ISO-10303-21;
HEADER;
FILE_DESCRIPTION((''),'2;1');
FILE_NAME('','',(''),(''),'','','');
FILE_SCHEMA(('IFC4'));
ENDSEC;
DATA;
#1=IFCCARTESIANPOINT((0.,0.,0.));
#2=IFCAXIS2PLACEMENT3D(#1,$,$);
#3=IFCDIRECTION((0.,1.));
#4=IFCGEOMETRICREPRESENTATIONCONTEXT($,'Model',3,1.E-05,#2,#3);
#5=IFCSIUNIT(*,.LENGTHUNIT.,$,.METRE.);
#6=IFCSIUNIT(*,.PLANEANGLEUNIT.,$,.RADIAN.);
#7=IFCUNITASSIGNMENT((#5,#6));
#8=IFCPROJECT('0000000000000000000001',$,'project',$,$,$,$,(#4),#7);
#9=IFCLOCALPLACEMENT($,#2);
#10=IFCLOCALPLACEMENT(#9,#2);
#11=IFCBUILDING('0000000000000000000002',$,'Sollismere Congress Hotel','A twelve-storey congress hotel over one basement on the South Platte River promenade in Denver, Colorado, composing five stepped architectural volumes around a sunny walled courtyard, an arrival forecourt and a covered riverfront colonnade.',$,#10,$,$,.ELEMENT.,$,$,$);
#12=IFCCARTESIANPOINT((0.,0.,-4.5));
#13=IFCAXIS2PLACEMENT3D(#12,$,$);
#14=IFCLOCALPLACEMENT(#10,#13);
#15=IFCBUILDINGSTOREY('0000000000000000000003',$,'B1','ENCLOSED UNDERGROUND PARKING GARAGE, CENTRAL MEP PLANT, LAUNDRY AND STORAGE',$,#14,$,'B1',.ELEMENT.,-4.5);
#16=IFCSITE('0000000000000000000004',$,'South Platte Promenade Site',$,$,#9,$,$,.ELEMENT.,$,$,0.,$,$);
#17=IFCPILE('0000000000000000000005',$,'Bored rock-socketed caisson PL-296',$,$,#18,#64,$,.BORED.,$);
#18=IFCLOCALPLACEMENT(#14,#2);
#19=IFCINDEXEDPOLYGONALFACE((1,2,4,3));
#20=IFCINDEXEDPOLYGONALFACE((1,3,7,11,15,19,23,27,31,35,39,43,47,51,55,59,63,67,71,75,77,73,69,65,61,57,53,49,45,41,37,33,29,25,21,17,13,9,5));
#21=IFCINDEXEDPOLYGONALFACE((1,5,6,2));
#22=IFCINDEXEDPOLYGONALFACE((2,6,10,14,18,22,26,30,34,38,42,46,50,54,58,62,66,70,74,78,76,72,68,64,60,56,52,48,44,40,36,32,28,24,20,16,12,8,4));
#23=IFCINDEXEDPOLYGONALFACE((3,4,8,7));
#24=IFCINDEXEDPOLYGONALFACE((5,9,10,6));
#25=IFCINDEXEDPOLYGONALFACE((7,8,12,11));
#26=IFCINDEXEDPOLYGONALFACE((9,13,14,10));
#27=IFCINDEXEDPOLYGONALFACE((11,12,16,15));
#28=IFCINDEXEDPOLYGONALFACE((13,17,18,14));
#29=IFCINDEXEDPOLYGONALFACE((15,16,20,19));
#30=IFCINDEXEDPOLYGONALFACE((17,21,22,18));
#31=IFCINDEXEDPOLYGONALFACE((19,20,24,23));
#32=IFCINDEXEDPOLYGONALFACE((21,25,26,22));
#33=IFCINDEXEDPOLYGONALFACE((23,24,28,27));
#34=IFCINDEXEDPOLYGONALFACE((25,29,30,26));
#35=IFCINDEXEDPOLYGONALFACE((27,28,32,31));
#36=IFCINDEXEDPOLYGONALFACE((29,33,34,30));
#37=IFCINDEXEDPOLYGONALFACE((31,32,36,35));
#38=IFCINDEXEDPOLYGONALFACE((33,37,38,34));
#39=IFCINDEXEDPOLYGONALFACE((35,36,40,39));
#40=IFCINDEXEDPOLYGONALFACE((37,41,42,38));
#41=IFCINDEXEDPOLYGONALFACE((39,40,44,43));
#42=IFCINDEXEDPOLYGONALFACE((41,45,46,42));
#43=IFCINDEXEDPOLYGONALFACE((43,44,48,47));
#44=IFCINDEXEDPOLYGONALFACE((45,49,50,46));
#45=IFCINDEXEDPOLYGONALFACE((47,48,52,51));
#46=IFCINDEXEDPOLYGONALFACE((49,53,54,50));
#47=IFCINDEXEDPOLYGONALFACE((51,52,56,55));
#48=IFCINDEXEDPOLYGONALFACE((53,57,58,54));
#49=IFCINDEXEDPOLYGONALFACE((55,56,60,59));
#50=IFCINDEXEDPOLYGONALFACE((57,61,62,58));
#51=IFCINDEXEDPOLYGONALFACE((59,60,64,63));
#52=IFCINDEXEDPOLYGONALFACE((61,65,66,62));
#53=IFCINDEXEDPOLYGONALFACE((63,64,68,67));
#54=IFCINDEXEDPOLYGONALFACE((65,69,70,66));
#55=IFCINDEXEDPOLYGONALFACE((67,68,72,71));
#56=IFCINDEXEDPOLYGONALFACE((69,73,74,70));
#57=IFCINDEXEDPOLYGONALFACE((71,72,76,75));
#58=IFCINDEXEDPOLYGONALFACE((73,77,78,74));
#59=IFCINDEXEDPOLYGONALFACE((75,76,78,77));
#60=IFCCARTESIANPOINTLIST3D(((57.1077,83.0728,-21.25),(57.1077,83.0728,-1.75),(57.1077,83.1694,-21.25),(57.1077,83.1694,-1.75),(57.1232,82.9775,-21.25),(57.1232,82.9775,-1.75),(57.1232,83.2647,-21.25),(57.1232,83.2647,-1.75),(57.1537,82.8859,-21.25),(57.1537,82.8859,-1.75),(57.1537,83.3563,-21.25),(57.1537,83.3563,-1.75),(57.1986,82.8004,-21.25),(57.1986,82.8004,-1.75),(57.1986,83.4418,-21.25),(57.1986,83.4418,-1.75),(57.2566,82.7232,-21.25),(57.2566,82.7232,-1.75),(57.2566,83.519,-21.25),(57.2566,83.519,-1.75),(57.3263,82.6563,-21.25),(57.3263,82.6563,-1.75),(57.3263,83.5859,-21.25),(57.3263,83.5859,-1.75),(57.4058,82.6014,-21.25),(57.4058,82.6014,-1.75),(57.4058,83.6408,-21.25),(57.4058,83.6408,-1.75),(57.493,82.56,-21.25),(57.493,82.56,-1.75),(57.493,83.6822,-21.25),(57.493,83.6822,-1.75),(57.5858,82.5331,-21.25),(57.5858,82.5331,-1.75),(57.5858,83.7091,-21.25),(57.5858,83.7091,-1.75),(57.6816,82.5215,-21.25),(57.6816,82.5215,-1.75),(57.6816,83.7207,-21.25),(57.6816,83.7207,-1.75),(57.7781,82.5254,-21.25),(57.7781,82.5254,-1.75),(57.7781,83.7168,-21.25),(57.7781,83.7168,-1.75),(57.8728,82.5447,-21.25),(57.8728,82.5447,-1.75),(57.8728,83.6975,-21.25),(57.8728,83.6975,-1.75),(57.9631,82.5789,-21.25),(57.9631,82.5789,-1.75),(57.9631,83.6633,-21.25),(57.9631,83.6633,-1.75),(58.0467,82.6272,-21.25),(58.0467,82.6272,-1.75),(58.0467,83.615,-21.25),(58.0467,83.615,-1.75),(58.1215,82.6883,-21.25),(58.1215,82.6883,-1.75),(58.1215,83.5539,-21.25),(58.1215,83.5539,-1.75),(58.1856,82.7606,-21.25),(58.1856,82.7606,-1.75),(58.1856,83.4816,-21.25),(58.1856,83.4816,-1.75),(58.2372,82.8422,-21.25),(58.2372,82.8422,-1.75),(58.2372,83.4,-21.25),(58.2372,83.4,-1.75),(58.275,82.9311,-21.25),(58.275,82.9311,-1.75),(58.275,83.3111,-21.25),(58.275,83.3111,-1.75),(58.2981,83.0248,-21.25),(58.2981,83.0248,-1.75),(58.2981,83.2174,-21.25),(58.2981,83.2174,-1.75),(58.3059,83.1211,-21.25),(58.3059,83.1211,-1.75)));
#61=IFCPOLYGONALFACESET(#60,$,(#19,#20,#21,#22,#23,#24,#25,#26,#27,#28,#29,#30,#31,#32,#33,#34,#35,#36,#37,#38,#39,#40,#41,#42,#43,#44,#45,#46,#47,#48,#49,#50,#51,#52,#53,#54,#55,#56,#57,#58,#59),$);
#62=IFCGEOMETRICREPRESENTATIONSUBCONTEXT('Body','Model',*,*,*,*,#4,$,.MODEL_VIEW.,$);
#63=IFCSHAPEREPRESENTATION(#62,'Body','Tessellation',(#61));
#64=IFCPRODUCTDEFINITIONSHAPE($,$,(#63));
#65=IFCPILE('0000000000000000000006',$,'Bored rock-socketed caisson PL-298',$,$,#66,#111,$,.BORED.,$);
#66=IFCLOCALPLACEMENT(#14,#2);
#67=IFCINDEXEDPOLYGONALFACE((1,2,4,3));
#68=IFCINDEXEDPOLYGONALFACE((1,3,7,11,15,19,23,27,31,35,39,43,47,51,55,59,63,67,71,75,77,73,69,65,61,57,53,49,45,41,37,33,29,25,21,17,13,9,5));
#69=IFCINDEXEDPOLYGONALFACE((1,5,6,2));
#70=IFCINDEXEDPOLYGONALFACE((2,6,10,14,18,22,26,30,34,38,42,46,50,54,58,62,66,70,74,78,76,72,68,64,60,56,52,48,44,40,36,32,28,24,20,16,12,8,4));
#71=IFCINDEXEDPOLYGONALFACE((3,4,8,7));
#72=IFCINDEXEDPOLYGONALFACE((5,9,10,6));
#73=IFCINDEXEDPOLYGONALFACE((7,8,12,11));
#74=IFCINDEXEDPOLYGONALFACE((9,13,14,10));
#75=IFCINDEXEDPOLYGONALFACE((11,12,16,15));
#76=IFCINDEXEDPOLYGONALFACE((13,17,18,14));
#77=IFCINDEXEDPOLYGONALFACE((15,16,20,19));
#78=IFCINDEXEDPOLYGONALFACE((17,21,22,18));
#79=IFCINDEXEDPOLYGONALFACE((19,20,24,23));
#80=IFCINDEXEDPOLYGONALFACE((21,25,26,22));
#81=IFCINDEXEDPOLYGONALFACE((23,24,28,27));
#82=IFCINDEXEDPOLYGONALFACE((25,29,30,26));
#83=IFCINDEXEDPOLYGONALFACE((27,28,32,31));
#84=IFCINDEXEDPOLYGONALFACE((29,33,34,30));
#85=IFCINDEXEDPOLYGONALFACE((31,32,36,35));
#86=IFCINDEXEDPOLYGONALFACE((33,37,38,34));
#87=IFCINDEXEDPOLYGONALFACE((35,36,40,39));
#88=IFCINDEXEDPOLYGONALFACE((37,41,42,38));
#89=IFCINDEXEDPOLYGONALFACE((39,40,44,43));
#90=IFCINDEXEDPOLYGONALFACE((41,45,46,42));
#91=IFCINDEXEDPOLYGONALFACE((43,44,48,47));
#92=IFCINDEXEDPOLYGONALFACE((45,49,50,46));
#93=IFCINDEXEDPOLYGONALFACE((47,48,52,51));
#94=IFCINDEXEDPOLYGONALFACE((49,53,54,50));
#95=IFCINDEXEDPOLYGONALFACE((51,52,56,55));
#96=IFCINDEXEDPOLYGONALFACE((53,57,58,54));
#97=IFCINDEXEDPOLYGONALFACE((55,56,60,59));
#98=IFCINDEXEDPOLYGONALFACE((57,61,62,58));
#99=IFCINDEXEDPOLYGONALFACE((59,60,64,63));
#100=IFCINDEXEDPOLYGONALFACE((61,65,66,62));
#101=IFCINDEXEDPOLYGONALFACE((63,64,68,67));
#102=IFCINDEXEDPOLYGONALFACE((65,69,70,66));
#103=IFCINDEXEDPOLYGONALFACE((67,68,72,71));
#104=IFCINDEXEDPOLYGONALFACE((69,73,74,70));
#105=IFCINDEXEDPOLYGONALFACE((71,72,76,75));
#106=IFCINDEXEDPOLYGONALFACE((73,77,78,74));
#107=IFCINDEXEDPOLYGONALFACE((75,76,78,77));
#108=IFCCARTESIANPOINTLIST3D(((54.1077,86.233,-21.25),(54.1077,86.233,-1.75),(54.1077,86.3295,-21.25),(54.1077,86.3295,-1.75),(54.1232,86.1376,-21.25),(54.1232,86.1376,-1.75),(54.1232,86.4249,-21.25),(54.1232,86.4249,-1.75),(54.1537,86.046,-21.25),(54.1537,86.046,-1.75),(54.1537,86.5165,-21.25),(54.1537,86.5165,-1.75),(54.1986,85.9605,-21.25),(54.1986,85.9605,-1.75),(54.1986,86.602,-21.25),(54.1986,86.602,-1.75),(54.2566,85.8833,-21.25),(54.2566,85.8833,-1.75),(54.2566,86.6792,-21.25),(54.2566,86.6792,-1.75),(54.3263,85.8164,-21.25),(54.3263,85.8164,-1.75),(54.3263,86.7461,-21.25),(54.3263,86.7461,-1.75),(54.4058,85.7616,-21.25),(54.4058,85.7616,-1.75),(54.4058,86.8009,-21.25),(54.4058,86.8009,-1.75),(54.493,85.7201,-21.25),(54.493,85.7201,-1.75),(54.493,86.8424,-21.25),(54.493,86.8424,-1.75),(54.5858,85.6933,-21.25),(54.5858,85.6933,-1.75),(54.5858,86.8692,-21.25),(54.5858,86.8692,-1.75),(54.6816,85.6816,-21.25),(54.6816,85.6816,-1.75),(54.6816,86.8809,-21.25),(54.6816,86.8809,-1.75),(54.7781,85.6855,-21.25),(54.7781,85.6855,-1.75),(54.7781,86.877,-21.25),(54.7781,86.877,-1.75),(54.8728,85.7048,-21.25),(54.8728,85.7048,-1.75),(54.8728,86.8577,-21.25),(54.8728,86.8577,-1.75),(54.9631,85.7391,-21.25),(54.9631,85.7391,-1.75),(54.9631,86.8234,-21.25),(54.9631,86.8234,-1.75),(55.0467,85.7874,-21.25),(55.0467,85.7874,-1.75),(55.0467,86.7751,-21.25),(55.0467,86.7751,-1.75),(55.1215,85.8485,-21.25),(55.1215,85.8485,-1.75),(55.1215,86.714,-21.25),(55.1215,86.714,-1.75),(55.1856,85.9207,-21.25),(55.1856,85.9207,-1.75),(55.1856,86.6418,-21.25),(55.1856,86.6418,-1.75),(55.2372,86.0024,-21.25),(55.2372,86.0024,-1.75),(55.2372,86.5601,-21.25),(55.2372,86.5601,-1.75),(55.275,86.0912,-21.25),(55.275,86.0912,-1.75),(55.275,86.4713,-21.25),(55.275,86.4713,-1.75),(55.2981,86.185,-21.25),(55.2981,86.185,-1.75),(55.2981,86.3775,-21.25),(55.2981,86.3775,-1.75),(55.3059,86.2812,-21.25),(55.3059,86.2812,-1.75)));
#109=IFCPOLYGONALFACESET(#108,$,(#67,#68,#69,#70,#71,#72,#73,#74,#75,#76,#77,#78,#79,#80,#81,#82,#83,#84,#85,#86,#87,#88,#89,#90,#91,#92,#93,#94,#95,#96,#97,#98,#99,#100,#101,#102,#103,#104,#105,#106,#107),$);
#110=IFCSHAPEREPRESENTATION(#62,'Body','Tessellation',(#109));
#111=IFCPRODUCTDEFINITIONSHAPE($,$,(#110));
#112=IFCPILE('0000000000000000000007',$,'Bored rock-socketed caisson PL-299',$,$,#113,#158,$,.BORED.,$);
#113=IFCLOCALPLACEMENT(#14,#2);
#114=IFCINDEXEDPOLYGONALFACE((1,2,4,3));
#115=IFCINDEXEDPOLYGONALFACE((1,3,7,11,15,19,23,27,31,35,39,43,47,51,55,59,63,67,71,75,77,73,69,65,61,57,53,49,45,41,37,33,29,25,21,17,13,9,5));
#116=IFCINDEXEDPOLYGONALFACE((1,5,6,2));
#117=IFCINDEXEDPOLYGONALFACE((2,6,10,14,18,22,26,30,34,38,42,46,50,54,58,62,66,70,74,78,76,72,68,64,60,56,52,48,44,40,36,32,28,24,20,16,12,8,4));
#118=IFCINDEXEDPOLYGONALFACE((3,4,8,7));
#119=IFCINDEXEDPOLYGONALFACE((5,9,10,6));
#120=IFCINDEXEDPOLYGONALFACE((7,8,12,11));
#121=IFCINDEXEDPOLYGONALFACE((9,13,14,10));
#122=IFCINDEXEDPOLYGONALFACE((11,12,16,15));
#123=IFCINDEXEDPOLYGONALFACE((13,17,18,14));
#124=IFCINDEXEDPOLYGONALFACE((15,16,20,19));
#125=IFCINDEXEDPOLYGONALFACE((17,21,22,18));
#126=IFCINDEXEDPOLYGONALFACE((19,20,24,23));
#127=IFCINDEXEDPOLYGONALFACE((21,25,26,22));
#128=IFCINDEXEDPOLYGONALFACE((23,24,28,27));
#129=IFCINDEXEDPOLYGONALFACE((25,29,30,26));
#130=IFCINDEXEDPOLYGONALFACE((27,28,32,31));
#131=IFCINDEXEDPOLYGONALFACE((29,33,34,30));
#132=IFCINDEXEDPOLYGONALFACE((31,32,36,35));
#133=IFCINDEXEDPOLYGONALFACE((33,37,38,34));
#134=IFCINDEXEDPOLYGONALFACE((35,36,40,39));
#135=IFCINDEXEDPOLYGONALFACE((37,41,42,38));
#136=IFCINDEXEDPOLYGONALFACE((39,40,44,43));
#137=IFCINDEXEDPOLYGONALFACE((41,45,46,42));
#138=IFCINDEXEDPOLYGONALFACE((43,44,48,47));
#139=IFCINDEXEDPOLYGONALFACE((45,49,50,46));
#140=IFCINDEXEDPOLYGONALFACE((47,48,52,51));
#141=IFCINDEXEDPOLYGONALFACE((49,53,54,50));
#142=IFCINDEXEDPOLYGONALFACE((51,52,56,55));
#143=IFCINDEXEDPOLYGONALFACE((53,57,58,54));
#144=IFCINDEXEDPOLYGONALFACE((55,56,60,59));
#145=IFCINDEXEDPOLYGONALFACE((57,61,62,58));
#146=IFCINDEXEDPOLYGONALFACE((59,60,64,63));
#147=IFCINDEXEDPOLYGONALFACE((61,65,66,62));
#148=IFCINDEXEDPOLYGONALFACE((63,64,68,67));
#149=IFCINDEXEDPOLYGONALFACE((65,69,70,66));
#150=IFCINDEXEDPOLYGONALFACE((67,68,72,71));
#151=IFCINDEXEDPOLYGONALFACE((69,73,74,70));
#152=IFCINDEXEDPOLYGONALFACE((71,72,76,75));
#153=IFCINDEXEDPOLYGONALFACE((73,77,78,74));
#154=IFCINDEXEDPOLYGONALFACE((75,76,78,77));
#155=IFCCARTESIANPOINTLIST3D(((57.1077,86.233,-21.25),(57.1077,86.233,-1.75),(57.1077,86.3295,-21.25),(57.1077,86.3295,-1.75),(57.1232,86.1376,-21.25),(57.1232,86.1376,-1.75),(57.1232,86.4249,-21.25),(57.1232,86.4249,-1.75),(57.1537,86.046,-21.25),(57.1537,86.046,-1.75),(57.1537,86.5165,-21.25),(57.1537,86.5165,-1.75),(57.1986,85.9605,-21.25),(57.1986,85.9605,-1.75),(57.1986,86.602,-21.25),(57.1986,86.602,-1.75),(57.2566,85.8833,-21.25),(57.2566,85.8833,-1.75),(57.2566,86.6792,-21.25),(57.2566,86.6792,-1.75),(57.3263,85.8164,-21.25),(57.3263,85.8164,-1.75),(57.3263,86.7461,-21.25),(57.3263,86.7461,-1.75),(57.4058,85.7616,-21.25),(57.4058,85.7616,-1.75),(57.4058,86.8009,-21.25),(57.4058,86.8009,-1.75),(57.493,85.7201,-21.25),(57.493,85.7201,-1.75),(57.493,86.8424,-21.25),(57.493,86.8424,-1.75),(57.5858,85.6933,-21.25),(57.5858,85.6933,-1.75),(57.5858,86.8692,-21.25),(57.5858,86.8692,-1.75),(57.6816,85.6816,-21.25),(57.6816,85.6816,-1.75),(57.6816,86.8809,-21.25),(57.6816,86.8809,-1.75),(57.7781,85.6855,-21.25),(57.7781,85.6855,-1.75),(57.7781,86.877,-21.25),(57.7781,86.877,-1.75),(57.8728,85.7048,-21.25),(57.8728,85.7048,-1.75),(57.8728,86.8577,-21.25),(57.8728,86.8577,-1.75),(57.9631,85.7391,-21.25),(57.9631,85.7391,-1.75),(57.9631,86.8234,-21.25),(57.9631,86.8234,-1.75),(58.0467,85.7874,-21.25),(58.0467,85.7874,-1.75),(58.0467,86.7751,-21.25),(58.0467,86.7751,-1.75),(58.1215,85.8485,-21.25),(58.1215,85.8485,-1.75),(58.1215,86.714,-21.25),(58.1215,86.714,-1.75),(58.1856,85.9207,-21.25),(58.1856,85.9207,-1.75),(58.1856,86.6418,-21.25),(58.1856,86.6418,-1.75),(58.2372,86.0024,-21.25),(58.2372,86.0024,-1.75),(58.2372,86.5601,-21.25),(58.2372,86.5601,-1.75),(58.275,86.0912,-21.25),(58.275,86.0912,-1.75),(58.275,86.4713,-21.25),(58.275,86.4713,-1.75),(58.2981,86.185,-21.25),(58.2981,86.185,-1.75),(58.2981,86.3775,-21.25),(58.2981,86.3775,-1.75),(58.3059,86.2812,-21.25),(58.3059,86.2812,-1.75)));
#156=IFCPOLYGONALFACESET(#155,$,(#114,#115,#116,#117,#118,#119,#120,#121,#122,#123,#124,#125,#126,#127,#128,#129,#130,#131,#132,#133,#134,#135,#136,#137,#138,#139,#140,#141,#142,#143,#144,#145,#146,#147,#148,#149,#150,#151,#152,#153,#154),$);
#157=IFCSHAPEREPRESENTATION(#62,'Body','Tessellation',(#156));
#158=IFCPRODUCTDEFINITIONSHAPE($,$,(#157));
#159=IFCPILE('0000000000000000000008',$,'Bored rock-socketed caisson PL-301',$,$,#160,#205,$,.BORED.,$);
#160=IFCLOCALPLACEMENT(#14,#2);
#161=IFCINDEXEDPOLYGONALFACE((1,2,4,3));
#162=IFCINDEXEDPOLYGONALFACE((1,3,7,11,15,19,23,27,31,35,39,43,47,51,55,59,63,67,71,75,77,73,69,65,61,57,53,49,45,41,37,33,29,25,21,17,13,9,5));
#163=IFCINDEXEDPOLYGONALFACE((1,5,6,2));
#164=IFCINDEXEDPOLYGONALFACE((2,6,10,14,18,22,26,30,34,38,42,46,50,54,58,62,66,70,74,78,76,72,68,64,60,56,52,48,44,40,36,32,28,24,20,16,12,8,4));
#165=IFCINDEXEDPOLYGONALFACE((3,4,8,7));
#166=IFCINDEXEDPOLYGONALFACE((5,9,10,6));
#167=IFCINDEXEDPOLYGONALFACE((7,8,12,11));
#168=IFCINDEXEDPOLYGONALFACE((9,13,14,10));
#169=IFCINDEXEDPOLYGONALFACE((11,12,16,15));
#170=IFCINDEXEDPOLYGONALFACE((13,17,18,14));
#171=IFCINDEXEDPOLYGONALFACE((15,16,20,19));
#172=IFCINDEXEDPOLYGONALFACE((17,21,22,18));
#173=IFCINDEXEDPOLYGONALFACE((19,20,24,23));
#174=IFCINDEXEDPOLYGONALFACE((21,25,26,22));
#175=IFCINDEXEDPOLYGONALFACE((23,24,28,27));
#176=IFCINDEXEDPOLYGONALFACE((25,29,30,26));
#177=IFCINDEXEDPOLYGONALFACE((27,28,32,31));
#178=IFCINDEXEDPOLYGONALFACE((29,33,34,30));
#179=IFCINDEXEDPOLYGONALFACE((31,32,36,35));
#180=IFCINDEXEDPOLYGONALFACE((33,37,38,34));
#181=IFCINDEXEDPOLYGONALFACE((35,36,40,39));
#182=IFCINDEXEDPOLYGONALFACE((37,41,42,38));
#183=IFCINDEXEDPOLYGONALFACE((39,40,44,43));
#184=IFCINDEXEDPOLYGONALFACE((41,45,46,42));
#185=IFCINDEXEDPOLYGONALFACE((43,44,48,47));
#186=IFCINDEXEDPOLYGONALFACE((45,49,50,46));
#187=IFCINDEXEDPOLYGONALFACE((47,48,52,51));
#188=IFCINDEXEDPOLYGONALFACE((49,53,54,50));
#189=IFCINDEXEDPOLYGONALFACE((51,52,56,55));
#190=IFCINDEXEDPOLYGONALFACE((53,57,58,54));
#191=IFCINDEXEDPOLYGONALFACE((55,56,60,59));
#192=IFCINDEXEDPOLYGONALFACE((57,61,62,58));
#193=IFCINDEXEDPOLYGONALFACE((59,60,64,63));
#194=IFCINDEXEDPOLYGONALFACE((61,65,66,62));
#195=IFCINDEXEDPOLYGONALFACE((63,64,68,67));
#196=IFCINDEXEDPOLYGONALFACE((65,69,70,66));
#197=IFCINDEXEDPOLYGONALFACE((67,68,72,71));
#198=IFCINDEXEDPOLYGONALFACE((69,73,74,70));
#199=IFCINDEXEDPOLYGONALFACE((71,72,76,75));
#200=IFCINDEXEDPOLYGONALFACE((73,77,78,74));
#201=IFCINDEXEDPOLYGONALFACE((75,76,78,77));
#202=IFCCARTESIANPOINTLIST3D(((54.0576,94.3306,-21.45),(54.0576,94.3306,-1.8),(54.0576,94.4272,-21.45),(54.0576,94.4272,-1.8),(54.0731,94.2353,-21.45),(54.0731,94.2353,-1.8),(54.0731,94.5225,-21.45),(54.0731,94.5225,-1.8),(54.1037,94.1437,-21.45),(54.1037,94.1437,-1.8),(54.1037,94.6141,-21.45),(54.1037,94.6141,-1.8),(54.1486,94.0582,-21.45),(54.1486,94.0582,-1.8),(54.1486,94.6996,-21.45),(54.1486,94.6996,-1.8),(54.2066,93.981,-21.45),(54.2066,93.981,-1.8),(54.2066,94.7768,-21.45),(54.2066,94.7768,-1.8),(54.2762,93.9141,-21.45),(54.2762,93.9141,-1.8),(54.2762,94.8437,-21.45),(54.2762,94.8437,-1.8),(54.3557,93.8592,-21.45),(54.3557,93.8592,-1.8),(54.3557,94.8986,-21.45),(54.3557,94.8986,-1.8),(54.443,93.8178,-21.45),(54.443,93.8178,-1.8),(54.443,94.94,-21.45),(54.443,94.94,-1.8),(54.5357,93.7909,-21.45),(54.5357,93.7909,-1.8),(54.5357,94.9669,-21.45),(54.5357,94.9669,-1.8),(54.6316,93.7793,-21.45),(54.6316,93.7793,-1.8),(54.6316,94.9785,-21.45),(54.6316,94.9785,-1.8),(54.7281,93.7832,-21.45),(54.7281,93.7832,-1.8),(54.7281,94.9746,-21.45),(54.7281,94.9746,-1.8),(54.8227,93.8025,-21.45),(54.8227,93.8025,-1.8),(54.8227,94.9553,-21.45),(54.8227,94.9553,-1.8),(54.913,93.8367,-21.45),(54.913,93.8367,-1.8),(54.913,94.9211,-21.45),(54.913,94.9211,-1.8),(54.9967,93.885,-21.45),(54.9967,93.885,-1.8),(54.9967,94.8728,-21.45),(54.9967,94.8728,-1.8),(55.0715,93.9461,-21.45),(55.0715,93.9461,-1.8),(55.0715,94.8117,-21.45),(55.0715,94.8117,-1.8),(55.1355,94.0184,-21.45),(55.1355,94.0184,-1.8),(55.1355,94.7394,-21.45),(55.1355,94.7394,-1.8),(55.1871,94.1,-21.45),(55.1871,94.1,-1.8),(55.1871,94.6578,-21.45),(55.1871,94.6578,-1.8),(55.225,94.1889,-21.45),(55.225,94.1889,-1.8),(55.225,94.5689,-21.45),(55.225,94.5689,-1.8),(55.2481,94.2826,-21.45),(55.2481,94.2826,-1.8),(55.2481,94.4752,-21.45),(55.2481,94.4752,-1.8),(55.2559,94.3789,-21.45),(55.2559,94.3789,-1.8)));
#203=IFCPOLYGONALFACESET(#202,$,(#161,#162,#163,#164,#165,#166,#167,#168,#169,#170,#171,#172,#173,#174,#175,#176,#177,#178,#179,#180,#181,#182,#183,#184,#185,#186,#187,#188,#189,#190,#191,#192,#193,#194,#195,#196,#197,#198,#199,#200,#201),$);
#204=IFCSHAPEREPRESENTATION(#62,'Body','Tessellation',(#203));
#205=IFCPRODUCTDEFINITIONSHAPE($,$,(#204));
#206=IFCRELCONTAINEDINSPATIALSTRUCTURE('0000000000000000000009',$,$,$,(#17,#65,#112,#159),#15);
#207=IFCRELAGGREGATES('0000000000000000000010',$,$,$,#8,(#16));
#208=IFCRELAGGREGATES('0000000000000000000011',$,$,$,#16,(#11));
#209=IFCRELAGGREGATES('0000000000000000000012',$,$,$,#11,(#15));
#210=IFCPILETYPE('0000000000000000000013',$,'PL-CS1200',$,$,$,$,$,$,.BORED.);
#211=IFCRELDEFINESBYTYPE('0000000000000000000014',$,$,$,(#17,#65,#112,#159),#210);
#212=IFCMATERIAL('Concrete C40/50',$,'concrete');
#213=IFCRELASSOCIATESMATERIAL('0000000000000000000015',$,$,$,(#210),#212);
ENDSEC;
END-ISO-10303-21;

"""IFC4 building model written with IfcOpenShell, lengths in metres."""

from ifc_helpers import new_model, si_unit, direction, frame, origin, origin_2d, place, context, subcontext, project, spatial, circle, extrude, material, material_profile, profile_set, type_object, element, save


model = new_model("IFC4")

# Units and contexts
model_context = context("Model", 3, precision=1e-05, world=origin(), true_north=direction((0.0, 1.0)))
body_context = subcontext(model_context, "Body", "Model", "MODEL_VIEW")
ifc_project = project(units=[si_unit("LENGTHUNIT", "METRE"), si_unit("PLANEANGLEUNIT", "RADIAN")], contexts=[model_context])

# Site, building, storey
site_placement = place(None, origin())
site = spatial("IfcSite", under=ifc_project, at=site_placement, Name="South Platte Promenade Site", CompositionType="ELEMENT", RefElevation=0.0)
building_placement = place(site_placement, origin())
building = spatial("IfcBuilding", under=site, at=building_placement, Name="Sollismere Congress Hotel", Description="A twelve-storey congress hotel over one basement on the South Platte River promenade in Denver, Colorado, composing five stepped architectural volumes around a sunny walled courtyard, an arrival forecourt and a covered riverfront colonnade.", CompositionType="ELEMENT")
storey_placement = place(building_placement, frame((0.0, 0.0, -4.5)))
storey = spatial("IfcBuildingStorey", under=building, at=storey_placement, Name="B1", Description="ENCLOSED UNDERGROUND PARKING GARAGE, CENTRAL MEP PLANT, LAUNDRY AND STORAGE", LongName="B1", CompositionType="ELEMENT", Elevation=-4.5)

# Shared definitions
ifc_material_1 = material(Name="Concrete C40/50", Category="concrete")

# Piles
ifc_material_profile_1 = material_profile(ifc_material_1, circle(Radius=0.6001, at=origin_2d()), Name="CAISSON1200")
ifc_profile_set_1 = profile_set([ifc_material_profile_1], Name="Concrete C40/50")
pile_type = type_object("IfcPileType", Name="PL-CS1200", PredefinedType="BORED", material=ifc_profile_set_1)
for number, where, z_axis, x_axis, name in (
    (1, (57.7058, 83.1211, -1.75), (0.0, 0.0, -1.0), (1.0, 0.0, 0.0), "Bored rock-socketed caisson PL-296"),
    (2, (54.7058, 86.2812, -1.75), (0.0, 0.0, -1.0), (1.0, 0.0, 0.0), "Bored rock-socketed caisson PL-298"),
    (3, (57.7058, 86.2812, -1.75), (0.0, 0.0, -1.0), (1.0, 0.0, 0.0), "Bored rock-socketed caisson PL-299"),
):
    element("IfcPile", number, at=place(storey_placement, frame(where, z_axis=z_axis, x_axis=x_axis)), inside=storey, type_object=pile_type, Name=name, PredefinedType="BORED", context=body_context, shape_type="SweptSolid", body=[
        extrude(circle(Radius=0.6001, at=origin_2d()), origin(), (0.0, 0.0, 1.0), 19.5),
    ])
for number, where, z_axis, x_axis, name in (
    (4, (54.6558, 94.3789, -1.8), (0.0, 0.0, -1.0), (1.0, 0.0, 0.0), "Bored rock-socketed caisson PL-301"),
):
    element("IfcPile", number, at=place(storey_placement, frame(where, z_axis=z_axis, x_axis=x_axis)), inside=storey, type_object=pile_type, Name=name, PredefinedType="BORED", context=body_context, shape_type="SweptSolid", body=[
        extrude(circle(Radius=0.6001, at=origin_2d()), origin(), (0.0, 0.0, 1.0), 19.6499),
    ])

save(model, "model.ifc")
